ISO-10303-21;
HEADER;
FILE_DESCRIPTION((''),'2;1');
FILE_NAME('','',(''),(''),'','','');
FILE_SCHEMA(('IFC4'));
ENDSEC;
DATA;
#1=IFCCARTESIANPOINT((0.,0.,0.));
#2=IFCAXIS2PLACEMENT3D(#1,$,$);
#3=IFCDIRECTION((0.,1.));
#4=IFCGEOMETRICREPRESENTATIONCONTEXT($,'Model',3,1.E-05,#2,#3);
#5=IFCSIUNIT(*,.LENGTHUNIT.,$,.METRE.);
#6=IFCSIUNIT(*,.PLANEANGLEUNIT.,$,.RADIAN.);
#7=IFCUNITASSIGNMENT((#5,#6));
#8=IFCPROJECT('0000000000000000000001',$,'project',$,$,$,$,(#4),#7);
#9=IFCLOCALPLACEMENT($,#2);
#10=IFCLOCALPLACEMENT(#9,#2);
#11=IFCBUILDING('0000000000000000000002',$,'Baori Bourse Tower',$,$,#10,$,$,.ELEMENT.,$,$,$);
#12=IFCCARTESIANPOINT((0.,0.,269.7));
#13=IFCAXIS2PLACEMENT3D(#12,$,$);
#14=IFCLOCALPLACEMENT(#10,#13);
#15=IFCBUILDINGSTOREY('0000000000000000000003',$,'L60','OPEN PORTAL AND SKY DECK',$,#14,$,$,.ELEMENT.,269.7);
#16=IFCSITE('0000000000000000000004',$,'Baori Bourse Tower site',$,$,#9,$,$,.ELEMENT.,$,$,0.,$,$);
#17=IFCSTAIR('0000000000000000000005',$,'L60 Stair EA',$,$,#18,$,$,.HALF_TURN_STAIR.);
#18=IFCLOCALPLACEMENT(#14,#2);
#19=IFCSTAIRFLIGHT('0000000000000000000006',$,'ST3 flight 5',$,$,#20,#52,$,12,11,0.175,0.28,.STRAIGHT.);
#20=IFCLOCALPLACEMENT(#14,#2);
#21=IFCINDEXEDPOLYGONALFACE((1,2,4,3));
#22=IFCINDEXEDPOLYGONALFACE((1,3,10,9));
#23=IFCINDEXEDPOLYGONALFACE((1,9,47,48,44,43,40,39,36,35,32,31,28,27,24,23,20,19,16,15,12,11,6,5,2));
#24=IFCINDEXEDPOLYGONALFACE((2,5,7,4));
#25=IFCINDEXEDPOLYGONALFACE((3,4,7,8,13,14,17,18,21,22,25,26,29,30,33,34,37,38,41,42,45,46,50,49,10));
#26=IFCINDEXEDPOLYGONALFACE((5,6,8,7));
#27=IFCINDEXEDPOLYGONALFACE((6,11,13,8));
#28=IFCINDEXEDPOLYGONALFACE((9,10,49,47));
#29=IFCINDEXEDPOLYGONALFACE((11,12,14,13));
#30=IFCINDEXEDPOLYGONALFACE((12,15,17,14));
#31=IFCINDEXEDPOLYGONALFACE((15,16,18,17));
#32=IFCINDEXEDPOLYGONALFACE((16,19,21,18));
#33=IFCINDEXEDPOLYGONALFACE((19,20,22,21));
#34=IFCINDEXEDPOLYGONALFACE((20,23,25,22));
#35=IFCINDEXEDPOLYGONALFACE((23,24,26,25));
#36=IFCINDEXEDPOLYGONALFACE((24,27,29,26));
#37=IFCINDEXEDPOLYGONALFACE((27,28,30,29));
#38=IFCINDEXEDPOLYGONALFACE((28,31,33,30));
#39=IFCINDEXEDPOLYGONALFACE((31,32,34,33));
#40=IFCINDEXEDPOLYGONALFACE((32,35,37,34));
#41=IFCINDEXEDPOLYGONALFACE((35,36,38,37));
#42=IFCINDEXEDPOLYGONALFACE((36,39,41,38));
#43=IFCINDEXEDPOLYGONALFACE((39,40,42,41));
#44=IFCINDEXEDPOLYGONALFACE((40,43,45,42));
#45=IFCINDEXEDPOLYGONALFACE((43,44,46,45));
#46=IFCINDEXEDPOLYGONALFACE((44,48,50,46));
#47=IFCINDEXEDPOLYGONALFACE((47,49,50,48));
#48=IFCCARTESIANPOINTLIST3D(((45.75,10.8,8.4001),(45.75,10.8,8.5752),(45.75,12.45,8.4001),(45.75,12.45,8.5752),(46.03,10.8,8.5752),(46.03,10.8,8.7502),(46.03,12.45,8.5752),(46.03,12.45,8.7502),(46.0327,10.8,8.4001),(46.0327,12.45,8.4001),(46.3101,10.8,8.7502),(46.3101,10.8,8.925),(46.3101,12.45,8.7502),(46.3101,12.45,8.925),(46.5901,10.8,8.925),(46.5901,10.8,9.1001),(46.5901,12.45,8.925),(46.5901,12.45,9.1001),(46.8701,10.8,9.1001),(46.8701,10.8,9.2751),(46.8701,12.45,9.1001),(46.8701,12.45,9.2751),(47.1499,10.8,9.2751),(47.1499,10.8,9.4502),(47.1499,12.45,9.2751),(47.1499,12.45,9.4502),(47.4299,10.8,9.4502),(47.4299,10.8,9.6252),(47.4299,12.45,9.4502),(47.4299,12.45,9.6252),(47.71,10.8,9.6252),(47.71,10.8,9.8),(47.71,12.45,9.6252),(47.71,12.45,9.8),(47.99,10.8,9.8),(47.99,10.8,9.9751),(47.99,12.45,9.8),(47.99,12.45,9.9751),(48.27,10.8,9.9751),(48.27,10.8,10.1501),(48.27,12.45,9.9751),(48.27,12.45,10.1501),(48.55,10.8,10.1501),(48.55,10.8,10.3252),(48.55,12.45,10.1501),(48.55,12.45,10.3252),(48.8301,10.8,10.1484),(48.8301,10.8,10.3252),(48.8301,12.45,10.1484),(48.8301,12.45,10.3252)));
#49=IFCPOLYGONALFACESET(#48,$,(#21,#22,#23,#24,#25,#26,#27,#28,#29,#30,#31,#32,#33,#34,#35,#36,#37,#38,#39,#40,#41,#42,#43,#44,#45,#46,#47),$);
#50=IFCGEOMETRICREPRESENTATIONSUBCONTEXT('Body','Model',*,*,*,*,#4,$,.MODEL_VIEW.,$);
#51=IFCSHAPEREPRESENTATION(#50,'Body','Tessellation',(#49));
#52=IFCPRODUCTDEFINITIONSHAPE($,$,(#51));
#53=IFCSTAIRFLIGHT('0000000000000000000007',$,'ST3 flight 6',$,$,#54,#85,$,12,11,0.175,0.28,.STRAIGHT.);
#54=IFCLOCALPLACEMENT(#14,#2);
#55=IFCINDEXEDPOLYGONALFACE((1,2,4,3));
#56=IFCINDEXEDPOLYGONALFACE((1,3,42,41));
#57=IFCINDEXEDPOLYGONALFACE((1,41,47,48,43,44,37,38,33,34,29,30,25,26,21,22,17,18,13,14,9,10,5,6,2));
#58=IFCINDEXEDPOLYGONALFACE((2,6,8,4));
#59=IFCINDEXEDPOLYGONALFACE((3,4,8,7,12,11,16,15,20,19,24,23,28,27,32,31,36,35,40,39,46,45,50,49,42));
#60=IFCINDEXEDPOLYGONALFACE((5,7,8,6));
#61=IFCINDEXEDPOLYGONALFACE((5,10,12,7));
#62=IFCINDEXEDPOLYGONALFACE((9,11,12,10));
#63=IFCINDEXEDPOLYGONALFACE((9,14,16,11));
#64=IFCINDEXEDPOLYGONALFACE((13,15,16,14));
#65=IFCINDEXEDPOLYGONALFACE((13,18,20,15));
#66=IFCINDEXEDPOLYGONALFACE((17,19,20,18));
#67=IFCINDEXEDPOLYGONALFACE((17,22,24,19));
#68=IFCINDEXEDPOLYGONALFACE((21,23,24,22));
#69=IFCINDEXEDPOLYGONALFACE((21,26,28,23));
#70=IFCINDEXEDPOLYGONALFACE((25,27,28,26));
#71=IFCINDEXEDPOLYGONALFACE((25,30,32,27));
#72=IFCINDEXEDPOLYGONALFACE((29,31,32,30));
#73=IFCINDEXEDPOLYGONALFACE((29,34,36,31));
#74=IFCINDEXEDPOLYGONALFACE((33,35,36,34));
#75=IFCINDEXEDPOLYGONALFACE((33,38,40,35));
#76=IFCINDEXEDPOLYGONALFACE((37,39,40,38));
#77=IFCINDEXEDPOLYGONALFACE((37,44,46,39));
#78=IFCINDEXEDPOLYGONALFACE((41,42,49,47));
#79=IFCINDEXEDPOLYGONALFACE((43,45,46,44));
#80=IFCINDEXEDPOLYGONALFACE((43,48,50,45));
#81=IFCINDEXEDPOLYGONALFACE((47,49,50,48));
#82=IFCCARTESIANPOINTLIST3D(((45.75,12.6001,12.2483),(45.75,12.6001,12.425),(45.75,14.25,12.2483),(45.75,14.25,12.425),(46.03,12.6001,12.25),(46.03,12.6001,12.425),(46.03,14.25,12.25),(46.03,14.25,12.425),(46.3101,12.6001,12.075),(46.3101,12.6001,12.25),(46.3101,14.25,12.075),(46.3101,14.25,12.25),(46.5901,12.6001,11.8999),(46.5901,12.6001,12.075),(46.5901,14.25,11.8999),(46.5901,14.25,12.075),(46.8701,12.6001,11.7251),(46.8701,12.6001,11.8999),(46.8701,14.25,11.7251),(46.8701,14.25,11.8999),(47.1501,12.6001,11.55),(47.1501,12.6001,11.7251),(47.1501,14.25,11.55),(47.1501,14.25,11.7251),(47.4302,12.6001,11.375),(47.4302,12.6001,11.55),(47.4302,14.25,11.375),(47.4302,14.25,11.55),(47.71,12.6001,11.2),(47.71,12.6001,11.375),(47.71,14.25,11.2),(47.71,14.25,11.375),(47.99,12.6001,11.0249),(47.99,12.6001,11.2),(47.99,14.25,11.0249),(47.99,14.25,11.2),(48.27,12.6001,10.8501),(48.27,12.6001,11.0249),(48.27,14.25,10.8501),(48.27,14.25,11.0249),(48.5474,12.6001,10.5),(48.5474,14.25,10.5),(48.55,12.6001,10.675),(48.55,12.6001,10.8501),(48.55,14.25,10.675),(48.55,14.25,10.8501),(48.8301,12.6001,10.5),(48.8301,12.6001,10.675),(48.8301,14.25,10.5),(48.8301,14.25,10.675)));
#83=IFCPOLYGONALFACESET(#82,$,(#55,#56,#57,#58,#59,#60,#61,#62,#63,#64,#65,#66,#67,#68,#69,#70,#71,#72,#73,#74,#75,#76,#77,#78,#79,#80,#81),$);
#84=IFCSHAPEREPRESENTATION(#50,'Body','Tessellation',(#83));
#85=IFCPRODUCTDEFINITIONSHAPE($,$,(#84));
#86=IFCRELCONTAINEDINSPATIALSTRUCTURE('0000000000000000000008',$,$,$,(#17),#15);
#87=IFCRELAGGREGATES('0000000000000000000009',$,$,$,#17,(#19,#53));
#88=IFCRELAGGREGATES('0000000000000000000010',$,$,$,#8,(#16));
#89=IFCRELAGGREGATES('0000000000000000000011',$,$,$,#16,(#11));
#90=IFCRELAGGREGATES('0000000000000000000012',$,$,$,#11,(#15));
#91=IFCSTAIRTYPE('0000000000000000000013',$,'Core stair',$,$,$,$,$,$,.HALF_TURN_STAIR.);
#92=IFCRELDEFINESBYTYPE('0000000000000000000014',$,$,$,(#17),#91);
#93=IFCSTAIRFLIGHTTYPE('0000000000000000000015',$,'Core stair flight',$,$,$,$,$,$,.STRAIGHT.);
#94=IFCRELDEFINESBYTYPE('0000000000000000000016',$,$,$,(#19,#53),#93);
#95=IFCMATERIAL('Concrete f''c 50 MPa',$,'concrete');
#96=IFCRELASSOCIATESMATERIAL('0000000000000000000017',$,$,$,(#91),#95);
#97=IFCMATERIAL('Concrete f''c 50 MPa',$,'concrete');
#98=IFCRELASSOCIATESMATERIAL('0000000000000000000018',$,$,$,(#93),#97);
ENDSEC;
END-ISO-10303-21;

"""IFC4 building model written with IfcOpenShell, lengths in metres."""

from ifc_helpers import new_model, si_unit, direction, frame, origin, place, context, subcontext, project, spatial, polyline, outline, extrude, material, type_object, element, aggregate, save


model = new_model("IFC4")

# Units and contexts
model_context = context("Model", 3, precision=1e-05, world=origin(), true_north=direction((0.0, 1.0)))
body_context = subcontext(model_context, "Body", "Model", "MODEL_VIEW")
ifc_project = project(units=[si_unit("LENGTHUNIT", "METRE"), si_unit("PLANEANGLEUNIT", "RADIAN")], contexts=[model_context])

# Site, building, storey
site_placement = place(None, origin())
site = spatial("IfcSite", under=ifc_project, at=site_placement, Name="Baori Bourse Tower site", CompositionType="ELEMENT", RefElevation=0.0)
building_placement = place(site_placement, origin())
building = spatial("IfcBuilding", under=site, at=building_placement, Name="Baori Bourse Tower", CompositionType="ELEMENT")
storey_placement = place(building_placement, frame((0.0, 0.0, 269.7)))
storey = spatial("IfcBuildingStorey", under=building, at=storey_placement, Name="L60", Description="OPEN PORTAL AND SKY DECK", CompositionType="ELEMENT", Elevation=269.7)

# Stair, stair flights
ifc_material_1 = material(Name="Concrete f'c 50 MPa", Category="concrete")
stair_type = type_object("IfcStairType", Name="Core stair", PredefinedType="HALF_TURN_STAIR", material=ifc_material_1)
stair_placement = place(storey_placement, origin())
stair = element("IfcStair", 1, at=stair_placement, inside=storey, type_object=stair_type, Name="L60 Stair EA", PredefinedType="HALF_TURN_STAIR")
ifc_material_2 = material(Name="Concrete f'c 50 MPa", Category="concrete")
stair_flight_type = type_object("IfcStairFlightType", Name="Core stair flight", PredefinedType="STRAIGHT", material=ifc_material_2)
stair_flight_1_placement = place(storey_placement, frame((45.75, 11.625, 8.4001), z_axis=(0.0, 0.0, 1.0), x_axis=(1.0, 0.0, 0.0)))
stair_flight_1 = element("IfcStairFlight", 2, at=stair_flight_1_placement, type_object=stair_flight_type, Name="ST3 flight 5", NumberOfRisers=12, NumberOfTreads=11, PredefinedType="STRAIGHT", RiserHeight=0.175, TreadLength=0.28, context=body_context, shape_type="SweptSolid", body=[
    extrude(outline(polyline([(0.0, 0.0), (0.0, 0.175), (0.28, 0.175), (0.28, 0.3501), (0.5601, 0.3501), (0.5601, 0.5249), (0.8401, 0.5249), (0.8401, 0.7), (1.1201, 0.7), (1.1201, 0.875), (1.3999, 0.875), (1.3999, 1.05), (1.6799, 1.05), (1.6799, 1.2251), (1.96, 1.2251), (1.96, 1.3999), (2.24, 1.3999), (2.24, 1.575), (2.52, 1.575), (2.52, 1.75), (2.8, 1.75), (2.8, 1.925), (3.0801, 1.925), (3.0801, 2.1001), (3.0801, 1.7483), (0.2827, 0.0), (0.0, 0.0)])), frame((0.0, 0.825, 0.0), z_axis=(0.0, -1.0, 0.0), x_axis=(1.0, 0.0, 0.0)), (0.0, 0.0, 1.0), 1.6499),
])
stair_flight_2_placement = place(storey_placement, frame((48.8301, 13.425, 10.5), z_axis=(0.0, 0.0, 1.0), x_axis=(-1.0, 0.0, 0.0)))
stair_flight_2 = element("IfcStairFlight", 3, at=stair_flight_2_placement, type_object=stair_flight_type, Name="ST3 flight 6", NumberOfRisers=12, NumberOfTreads=11, PredefinedType="STRAIGHT", RiserHeight=0.175, TreadLength=0.28, context=body_context, shape_type="SweptSolid", body=[
    extrude(outline(polyline([(0.0, 0.0), (0.0, 0.175), (0.28, 0.175), (0.28, 0.3501), (0.5601, 0.3501), (0.5601, 0.5249), (0.8401, 0.5249), (0.8401, 0.7), (1.1201, 0.7), (1.1201, 0.875), (1.3999, 0.875), (1.3999, 1.05), (1.6799, 1.05), (1.6799, 1.2251), (1.96, 1.2251), (1.96, 1.3999), (2.24, 1.3999), (2.24, 1.575), (2.52, 1.575), (2.52, 1.75), (2.8, 1.75), (2.8, 1.925), (3.0801, 1.925), (3.0801, 2.1001), (3.0801, 1.7483), (0.2827, 0.0), (0.0, 0.0)])), frame((0.0, 0.825, 0.0), z_axis=(0.0, -1.0, 0.0), x_axis=(1.0, 0.0, 0.0)), (0.0, 0.0, 1.0), 1.6499),
])
aggregate(stair, [stair_flight_1, stair_flight_2])

save(model, "model.ifc")
